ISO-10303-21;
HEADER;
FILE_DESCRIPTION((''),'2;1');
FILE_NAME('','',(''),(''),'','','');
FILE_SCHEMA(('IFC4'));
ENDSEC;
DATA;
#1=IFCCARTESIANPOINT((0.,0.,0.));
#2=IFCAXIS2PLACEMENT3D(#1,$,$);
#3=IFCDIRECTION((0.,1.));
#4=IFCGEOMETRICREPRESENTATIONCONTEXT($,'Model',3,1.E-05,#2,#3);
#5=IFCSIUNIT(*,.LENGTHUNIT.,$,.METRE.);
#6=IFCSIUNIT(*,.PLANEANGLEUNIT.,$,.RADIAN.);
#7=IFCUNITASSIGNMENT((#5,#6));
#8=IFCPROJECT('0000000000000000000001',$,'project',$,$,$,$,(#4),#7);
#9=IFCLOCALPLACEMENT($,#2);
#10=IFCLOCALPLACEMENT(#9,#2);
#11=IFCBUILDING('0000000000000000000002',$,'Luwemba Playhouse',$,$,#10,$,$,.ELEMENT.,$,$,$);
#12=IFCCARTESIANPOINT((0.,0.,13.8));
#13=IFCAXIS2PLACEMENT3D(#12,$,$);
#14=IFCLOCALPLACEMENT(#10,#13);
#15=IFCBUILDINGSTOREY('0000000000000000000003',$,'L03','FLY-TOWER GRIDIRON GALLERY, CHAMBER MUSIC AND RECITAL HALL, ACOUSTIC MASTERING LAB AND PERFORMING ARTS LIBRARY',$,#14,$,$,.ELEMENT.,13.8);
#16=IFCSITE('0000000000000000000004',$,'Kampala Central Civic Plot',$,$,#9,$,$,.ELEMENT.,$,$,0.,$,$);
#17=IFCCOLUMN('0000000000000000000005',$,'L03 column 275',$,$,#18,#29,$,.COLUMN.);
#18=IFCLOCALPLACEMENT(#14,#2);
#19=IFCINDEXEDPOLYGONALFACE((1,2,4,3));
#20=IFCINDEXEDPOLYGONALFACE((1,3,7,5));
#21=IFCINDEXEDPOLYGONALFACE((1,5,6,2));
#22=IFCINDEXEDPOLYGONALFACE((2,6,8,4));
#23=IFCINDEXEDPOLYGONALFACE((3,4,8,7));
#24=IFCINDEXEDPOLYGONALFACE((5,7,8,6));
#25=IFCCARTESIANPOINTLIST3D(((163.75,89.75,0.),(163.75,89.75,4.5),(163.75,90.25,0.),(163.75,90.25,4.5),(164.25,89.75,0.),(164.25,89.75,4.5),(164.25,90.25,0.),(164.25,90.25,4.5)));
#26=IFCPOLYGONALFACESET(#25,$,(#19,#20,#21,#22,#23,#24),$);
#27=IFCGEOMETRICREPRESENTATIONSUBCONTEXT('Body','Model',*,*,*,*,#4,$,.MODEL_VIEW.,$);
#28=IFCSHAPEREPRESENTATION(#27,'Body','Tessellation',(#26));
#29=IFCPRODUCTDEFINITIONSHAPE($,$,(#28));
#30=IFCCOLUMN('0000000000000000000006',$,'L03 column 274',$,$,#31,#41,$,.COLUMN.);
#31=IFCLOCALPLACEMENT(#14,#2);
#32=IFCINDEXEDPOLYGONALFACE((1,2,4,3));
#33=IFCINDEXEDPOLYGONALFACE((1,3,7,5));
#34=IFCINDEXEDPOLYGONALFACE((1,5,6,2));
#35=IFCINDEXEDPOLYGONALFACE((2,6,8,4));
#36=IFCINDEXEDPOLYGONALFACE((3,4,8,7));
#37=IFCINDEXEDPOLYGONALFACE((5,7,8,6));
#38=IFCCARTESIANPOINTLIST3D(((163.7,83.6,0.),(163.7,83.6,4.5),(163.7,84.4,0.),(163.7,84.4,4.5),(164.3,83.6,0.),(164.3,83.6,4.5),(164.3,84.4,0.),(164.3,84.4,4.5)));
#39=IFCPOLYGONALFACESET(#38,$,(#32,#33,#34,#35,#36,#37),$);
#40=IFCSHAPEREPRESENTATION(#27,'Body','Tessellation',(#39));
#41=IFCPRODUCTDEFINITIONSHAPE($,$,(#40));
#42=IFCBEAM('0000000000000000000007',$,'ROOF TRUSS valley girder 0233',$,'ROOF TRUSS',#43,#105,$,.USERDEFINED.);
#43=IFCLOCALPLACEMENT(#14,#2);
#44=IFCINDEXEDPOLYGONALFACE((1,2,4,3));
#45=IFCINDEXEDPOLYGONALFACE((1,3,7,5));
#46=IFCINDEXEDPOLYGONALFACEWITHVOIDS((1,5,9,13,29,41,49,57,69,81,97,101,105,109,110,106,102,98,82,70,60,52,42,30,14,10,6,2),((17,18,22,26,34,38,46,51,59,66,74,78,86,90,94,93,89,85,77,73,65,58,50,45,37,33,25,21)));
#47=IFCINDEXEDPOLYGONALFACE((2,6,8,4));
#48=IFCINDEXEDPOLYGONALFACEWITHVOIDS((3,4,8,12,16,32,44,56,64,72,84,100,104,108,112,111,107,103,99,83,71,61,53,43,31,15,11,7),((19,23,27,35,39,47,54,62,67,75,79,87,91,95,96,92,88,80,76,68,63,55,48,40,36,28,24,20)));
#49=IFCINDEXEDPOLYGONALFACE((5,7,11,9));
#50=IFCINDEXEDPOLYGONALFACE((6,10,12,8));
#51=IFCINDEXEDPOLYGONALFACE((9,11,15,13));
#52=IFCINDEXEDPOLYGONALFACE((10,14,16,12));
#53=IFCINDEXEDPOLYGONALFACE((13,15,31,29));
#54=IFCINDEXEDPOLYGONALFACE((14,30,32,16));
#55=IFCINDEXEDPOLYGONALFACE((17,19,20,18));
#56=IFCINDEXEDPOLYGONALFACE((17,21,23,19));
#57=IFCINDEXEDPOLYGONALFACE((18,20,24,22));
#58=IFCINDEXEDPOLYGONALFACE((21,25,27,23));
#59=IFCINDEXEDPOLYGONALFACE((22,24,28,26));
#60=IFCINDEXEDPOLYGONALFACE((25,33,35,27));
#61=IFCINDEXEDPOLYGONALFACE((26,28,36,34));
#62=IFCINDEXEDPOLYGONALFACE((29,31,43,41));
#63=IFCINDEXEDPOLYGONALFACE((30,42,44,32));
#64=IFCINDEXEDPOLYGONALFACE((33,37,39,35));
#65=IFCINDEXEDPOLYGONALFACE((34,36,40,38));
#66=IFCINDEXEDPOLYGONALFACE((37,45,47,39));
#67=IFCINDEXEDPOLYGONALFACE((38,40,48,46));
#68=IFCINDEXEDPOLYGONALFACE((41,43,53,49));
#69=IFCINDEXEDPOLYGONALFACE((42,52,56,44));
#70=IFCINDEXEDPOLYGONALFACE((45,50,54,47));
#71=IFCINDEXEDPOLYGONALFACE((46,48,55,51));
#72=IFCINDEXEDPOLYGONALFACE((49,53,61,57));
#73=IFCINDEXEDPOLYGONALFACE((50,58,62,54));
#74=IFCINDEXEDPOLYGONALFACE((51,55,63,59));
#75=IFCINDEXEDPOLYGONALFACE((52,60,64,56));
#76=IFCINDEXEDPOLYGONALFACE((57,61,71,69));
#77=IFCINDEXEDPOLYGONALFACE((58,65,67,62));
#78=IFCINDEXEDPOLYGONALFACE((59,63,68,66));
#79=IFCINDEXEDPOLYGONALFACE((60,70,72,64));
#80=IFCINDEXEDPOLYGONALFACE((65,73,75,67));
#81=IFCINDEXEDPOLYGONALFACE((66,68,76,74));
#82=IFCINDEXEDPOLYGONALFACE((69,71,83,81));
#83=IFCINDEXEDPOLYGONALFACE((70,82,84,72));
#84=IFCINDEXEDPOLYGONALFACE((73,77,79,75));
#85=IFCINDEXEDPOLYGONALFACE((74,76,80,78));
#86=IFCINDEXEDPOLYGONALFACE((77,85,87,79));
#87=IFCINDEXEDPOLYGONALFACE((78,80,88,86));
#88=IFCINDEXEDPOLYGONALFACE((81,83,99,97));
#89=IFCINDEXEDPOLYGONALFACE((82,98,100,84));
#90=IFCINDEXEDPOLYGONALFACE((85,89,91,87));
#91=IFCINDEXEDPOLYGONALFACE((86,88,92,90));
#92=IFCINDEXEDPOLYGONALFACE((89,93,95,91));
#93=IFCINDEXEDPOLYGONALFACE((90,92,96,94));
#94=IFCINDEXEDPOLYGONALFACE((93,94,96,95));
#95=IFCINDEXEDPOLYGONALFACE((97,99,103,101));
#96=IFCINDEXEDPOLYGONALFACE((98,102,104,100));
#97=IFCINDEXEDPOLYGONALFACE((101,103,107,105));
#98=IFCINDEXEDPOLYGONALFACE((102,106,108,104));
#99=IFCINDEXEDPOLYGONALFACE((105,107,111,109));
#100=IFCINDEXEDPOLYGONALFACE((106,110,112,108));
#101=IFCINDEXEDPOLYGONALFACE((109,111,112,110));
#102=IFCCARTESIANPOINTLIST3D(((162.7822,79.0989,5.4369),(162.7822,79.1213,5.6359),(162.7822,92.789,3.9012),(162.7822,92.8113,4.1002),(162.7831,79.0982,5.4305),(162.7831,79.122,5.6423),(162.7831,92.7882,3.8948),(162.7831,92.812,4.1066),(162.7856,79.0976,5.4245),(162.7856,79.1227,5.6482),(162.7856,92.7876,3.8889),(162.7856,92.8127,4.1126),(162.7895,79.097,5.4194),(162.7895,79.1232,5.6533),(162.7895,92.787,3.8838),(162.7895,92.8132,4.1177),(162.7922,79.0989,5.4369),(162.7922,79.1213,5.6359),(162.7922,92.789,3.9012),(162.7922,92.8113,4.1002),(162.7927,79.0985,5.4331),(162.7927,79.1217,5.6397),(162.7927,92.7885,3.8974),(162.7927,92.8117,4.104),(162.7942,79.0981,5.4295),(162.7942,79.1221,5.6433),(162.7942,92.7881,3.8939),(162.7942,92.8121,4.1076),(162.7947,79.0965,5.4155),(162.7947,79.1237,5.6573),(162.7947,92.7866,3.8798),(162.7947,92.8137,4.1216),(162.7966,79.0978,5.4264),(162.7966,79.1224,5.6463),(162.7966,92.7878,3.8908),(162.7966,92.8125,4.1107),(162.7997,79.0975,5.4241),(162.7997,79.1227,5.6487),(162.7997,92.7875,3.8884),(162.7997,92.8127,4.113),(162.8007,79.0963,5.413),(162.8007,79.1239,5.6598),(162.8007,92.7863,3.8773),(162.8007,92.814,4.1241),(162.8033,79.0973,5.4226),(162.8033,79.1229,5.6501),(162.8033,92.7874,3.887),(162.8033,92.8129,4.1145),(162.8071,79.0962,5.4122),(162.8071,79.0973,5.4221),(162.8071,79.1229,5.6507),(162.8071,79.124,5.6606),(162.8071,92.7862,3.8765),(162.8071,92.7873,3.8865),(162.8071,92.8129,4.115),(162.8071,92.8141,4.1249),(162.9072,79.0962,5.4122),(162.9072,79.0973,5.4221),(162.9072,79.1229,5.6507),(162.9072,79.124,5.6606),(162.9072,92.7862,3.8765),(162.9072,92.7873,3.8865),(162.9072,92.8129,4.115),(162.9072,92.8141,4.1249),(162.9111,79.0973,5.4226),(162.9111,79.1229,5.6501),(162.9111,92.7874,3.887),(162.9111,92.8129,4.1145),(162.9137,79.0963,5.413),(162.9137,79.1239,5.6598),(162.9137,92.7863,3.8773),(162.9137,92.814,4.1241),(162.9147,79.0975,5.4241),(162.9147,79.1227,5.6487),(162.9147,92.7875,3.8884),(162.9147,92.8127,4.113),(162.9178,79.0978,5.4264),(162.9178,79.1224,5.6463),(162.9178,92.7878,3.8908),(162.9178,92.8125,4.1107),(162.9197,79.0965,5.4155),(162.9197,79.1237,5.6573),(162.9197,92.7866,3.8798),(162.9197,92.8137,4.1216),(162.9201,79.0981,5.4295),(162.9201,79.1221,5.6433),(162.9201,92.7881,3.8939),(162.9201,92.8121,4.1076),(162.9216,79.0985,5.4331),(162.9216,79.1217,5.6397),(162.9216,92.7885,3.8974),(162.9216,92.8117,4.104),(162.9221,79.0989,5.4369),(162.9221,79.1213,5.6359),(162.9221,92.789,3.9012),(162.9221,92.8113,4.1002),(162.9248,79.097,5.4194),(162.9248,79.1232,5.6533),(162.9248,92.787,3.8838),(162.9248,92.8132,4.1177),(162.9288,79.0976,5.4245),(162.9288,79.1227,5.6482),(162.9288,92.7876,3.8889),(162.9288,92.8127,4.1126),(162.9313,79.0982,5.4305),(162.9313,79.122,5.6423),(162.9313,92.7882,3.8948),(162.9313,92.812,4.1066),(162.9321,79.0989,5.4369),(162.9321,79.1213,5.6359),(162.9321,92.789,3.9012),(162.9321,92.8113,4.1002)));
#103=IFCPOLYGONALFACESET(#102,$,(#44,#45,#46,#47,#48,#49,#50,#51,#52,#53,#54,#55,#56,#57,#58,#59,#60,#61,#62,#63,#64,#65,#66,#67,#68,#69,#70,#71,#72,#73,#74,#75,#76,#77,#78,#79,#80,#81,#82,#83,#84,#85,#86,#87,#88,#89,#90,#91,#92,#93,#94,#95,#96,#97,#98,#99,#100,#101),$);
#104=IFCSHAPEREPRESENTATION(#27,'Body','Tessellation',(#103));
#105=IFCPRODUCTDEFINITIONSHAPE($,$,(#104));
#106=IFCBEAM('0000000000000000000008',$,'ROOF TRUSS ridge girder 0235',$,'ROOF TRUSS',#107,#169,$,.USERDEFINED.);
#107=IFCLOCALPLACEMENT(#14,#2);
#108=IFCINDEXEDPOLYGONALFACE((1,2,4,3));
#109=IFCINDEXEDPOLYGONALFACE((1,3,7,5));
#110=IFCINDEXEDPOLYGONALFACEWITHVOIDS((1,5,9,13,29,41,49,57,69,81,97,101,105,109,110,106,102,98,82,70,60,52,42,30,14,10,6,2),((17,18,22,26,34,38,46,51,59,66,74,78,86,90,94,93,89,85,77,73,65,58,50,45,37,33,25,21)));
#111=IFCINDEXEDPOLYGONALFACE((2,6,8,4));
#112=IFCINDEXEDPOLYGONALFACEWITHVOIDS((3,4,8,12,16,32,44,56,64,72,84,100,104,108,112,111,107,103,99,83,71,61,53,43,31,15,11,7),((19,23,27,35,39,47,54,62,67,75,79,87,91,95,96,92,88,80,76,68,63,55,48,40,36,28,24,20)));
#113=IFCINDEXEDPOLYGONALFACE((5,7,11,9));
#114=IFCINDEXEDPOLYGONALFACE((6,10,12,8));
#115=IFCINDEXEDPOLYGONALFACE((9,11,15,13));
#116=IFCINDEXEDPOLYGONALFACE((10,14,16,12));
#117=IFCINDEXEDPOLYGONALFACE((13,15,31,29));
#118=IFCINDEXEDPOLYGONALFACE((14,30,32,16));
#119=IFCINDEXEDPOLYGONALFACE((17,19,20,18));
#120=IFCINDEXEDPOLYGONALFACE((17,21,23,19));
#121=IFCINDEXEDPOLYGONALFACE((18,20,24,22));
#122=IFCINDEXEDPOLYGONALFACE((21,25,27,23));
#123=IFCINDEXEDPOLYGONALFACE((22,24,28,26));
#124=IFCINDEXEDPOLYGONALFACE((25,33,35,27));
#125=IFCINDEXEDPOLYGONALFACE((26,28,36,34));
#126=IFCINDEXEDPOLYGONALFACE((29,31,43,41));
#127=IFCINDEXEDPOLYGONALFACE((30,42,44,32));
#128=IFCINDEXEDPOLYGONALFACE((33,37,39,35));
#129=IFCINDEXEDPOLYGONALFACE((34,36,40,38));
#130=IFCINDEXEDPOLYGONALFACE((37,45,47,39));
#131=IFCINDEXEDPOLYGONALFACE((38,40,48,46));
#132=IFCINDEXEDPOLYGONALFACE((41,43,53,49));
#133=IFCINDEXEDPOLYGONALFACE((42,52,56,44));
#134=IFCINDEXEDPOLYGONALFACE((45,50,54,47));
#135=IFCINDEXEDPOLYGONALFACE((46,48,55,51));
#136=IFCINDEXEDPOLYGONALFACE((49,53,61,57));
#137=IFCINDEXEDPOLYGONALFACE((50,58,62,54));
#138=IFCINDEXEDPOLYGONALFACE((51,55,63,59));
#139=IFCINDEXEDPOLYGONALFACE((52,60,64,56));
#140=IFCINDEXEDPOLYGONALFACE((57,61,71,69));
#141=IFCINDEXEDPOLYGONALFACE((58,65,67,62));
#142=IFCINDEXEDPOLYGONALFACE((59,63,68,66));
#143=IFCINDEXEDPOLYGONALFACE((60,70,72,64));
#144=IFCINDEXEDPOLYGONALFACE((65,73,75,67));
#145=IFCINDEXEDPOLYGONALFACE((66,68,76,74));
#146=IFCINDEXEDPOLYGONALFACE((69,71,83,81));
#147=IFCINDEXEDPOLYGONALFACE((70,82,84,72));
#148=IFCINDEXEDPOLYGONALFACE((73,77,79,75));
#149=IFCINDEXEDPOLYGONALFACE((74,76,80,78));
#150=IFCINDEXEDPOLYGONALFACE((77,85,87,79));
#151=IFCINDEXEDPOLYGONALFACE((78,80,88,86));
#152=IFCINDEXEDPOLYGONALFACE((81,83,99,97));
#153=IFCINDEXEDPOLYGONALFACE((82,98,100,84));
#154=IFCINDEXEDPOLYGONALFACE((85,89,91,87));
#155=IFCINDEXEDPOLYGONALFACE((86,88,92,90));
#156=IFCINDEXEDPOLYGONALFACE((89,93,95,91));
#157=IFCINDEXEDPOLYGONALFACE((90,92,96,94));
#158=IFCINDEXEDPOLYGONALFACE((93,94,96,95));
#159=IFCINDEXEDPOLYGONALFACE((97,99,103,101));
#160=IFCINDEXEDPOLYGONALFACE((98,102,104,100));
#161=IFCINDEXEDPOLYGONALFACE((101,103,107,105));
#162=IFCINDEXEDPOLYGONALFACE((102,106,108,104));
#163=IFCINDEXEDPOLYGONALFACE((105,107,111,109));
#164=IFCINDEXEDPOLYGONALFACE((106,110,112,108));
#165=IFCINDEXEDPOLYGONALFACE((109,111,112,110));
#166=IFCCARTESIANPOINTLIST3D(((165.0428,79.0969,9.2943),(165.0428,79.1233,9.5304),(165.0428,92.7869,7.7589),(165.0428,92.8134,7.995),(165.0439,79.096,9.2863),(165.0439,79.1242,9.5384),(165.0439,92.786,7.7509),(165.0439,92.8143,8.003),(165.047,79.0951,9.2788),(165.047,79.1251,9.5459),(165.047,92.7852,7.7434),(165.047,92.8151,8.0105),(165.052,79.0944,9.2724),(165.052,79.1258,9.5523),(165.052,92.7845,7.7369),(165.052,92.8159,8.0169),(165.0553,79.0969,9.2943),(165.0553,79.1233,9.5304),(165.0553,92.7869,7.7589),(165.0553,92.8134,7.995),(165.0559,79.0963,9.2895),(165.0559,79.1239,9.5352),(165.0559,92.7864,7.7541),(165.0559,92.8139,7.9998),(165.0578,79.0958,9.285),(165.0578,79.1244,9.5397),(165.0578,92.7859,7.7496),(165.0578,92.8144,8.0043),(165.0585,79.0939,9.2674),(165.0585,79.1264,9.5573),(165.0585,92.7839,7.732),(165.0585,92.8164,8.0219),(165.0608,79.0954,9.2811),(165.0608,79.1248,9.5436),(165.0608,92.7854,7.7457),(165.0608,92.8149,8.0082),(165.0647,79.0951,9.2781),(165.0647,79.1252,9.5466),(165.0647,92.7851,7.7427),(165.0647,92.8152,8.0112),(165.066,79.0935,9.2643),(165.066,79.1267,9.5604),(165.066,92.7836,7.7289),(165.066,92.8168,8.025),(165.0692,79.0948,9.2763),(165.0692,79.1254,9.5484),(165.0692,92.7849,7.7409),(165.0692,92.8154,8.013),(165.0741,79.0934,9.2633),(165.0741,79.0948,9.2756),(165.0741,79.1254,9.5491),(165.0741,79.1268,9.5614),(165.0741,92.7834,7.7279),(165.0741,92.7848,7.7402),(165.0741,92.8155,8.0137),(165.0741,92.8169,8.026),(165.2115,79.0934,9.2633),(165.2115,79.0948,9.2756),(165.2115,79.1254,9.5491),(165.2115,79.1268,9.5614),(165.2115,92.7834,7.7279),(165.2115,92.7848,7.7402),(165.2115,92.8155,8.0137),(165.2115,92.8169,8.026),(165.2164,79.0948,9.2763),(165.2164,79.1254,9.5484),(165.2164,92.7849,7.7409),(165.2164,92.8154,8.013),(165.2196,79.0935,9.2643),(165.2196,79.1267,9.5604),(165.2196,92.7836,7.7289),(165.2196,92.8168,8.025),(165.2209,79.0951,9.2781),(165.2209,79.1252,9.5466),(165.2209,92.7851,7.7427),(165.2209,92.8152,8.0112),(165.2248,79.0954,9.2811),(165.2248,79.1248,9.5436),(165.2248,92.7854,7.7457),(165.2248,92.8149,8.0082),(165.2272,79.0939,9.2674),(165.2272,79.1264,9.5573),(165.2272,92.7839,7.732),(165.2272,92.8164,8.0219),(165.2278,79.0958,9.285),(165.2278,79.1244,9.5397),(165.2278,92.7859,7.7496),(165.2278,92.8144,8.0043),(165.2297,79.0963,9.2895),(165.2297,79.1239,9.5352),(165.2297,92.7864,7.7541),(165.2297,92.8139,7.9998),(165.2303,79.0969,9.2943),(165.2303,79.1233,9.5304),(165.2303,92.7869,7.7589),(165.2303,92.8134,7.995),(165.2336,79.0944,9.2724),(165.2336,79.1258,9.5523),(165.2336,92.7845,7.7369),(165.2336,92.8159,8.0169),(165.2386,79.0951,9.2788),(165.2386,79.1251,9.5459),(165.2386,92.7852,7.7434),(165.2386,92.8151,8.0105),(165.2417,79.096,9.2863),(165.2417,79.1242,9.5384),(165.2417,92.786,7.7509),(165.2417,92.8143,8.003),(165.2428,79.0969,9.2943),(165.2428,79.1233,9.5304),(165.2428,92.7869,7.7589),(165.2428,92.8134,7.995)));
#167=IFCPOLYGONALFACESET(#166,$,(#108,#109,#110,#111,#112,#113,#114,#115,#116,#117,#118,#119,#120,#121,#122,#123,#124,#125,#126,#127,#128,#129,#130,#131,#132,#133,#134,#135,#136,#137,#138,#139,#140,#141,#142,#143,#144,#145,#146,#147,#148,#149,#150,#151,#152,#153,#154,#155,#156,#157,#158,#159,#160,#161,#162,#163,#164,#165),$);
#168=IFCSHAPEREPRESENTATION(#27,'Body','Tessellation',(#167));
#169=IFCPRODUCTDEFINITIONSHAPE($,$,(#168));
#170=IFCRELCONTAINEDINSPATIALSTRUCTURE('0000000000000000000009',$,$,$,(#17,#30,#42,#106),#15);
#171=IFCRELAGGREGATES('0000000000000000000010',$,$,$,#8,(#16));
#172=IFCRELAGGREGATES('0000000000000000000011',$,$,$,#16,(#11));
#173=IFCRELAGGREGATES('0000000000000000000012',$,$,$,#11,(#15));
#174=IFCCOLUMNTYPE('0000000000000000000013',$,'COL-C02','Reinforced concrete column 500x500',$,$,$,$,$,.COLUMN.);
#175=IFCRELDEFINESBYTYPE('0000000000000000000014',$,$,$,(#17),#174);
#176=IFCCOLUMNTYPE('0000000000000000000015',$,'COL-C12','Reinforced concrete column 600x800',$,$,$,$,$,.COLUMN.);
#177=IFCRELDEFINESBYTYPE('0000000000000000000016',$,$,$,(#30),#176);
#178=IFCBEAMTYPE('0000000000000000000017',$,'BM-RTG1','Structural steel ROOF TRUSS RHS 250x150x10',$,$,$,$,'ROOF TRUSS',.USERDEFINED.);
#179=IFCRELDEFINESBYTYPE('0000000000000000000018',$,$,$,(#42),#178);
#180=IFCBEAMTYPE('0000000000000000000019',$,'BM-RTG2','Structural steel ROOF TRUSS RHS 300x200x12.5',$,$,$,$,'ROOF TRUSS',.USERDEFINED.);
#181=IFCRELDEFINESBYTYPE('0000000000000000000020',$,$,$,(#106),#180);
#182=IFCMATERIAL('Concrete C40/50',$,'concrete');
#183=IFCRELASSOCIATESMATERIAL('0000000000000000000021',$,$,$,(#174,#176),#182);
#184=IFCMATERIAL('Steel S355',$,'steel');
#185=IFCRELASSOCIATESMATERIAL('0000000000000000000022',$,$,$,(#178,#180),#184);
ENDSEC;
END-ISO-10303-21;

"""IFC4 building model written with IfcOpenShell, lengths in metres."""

from ifc_helpers import new_model, si_unit, direction, frame, origin, origin_2d, place, context, subcontext, project, spatial, rectangle, hollow_rectangle, extrude, material, material_profile, profile_set, type_object, element, save


model = new_model("IFC4")

# Units and contexts
model_context = context("Model", 3, precision=1e-05, world=origin(), true_north=direction((0.0, 1.0)))
body_context = subcontext(model_context, "Body", "Model", "MODEL_VIEW")
ifc_project = project(units=[si_unit("LENGTHUNIT", "METRE"), si_unit("PLANEANGLEUNIT", "RADIAN")], contexts=[model_context])

# Site, building, storey
site_placement = place(None, origin())
site = spatial("IfcSite", under=ifc_project, at=site_placement, Name="Kampala Central Civic Plot", CompositionType="ELEMENT", RefElevation=0.0)
building_placement = place(site_placement, origin())
building = spatial("IfcBuilding", under=site, at=building_placement, Name="Luwemba Playhouse", CompositionType="ELEMENT")
storey_placement = place(building_placement, frame((0.0, 0.0, 13.8)))
storey = spatial("IfcBuildingStorey", under=building, at=storey_placement, Name="L03", Description="FLY-TOWER GRIDIRON GALLERY, CHAMBER MUSIC AND RECITAL HALL, ACOUSTIC MASTERING LAB AND PERFORMING ARTS LIBRARY", CompositionType="ELEMENT", Elevation=13.8)

# Columns
ifc_material_1 = material(Name="Concrete C40/50", Category="concrete")
ifc_material_profile_1 = material_profile(ifc_material_1, rectangle(XDim=0.5, YDim=0.5, at=origin_2d()))
ifc_profile_set_1 = profile_set([ifc_material_profile_1], Name="Concrete C40/50")
column_type_1 = type_object("IfcColumnType", Name="COL-C02", Description="Reinforced concrete column 500x500", PredefinedType="COLUMN", material=ifc_profile_set_1)
column_1_placement = place(storey_placement, frame((164.0, 90.0, 0.0), z_axis=(0.0, 0.0, 1.0), x_axis=(1.0, 0.0, 0.0)))
element("IfcColumn", 1, at=column_1_placement, inside=storey, type_object=column_type_1, Name="L03 column 275", PredefinedType="COLUMN", context=body_context, shape_type="SweptSolid", body=[
    extrude(rectangle(XDim=0.5, YDim=0.5, at=origin_2d()), origin(), (0.0, 0.0, 1.0), 4.5),
])
ifc_material_profile_2 = material_profile(ifc_material_1, rectangle(XDim=0.6001, YDim=0.8, at=origin_2d()))
ifc_profile_set_2 = profile_set([ifc_material_profile_2], Name="Concrete C40/50")
column_type_2 = type_object("IfcColumnType", Name="COL-C12", Description="Reinforced concrete column 600x800", PredefinedType="COLUMN", material=ifc_profile_set_2)
column_2_placement = place(storey_placement, frame((164.0, 84.0, 0.0), z_axis=(0.0, 0.0, 1.0), x_axis=(1.0, 0.0, 0.0)))
element("IfcColumn", 2, at=column_2_placement, inside=storey, type_object=column_type_2, Name="L03 column 274", PredefinedType="COLUMN", context=body_context, shape_type="SweptSolid", body=[
    extrude(rectangle(XDim=0.6001, YDim=0.8, at=origin_2d()), origin(), (0.0, 0.0, 1.0), 4.5),
])

# Beams
ifc_material_2 = material(Name="Steel S355", Category="steel")
ifc_material_profile_3 = material_profile(ifc_material_2, hollow_rectangle(XDim=0.1499, YDim=0.25, WallThickness=0.01, InnerFilletRadius=0.0149, OuterFilletRadius=0.0249, at=origin_2d()))
ifc_profile_set_3 = profile_set([ifc_material_profile_3], Name="Steel S355")
beam_type_1 = type_object("IfcBeamType", Name="BM-RTG1", Description="Structural steel ROOF TRUSS RHS 250x150x10", ElementType="ROOF TRUSS", PredefinedType="USERDEFINED", material=ifc_profile_set_3)
beam_1_placement = place(storey_placement, frame((162.8572, 79.1101, 5.5364), z_axis=(0.0, 0.993767, -0.111474), x_axis=(-1.0, 0.0, 0.0)))
element("IfcBeam", 3, at=beam_1_placement, inside=storey, type_object=beam_type_1, Name="ROOF TRUSS valley girder 0233", ObjectType="ROOF TRUSS", PredefinedType="USERDEFINED", context=body_context, shape_type="SweptSolid", body=[
    extrude(hollow_rectangle(XDim=0.1499, YDim=0.25, WallThickness=0.01, InnerFilletRadius=0.0149, OuterFilletRadius=0.0249, at=origin_2d()), origin(), (0.0, 0.0, 1.0), 13.7759),
])
ifc_material_profile_4 = material_profile(ifc_material_2, hollow_rectangle(XDim=0.2, YDim=0.3, WallThickness=0.0125, InnerFilletRadius=0.0188, OuterFilletRadius=0.0312, at=origin_2d()))
ifc_profile_set_4 = profile_set([ifc_material_profile_4], Name="Steel S355")
beam_type_2 = type_object("IfcBeamType", Name="BM-RTG2", Description="Structural steel ROOF TRUSS RHS 300x200x12.5", ElementType="ROOF TRUSS", PredefinedType="USERDEFINED", material=ifc_profile_set_4)
beam_2_placement = place(storey_placement, frame((165.1428, 79.1101, 9.4124), z_axis=(0.0, 0.993769, -0.111457), x_axis=(-1.0, 0.0, 0.0)))
element("IfcBeam", 4, at=beam_2_placement, inside=storey, type_object=beam_type_2, Name="ROOF TRUSS ridge girder 0235", ObjectType="ROOF TRUSS", PredefinedType="USERDEFINED", context=body_context, shape_type="SweptSolid", body=[
    extrude(hollow_rectangle(XDim=0.2, YDim=0.3, WallThickness=0.0125, InnerFilletRadius=0.0188, OuterFilletRadius=0.0312, at=origin_2d()), origin(), (0.0, 0.0, 1.0), 13.7759),
])

save(model, "model.ifc")
